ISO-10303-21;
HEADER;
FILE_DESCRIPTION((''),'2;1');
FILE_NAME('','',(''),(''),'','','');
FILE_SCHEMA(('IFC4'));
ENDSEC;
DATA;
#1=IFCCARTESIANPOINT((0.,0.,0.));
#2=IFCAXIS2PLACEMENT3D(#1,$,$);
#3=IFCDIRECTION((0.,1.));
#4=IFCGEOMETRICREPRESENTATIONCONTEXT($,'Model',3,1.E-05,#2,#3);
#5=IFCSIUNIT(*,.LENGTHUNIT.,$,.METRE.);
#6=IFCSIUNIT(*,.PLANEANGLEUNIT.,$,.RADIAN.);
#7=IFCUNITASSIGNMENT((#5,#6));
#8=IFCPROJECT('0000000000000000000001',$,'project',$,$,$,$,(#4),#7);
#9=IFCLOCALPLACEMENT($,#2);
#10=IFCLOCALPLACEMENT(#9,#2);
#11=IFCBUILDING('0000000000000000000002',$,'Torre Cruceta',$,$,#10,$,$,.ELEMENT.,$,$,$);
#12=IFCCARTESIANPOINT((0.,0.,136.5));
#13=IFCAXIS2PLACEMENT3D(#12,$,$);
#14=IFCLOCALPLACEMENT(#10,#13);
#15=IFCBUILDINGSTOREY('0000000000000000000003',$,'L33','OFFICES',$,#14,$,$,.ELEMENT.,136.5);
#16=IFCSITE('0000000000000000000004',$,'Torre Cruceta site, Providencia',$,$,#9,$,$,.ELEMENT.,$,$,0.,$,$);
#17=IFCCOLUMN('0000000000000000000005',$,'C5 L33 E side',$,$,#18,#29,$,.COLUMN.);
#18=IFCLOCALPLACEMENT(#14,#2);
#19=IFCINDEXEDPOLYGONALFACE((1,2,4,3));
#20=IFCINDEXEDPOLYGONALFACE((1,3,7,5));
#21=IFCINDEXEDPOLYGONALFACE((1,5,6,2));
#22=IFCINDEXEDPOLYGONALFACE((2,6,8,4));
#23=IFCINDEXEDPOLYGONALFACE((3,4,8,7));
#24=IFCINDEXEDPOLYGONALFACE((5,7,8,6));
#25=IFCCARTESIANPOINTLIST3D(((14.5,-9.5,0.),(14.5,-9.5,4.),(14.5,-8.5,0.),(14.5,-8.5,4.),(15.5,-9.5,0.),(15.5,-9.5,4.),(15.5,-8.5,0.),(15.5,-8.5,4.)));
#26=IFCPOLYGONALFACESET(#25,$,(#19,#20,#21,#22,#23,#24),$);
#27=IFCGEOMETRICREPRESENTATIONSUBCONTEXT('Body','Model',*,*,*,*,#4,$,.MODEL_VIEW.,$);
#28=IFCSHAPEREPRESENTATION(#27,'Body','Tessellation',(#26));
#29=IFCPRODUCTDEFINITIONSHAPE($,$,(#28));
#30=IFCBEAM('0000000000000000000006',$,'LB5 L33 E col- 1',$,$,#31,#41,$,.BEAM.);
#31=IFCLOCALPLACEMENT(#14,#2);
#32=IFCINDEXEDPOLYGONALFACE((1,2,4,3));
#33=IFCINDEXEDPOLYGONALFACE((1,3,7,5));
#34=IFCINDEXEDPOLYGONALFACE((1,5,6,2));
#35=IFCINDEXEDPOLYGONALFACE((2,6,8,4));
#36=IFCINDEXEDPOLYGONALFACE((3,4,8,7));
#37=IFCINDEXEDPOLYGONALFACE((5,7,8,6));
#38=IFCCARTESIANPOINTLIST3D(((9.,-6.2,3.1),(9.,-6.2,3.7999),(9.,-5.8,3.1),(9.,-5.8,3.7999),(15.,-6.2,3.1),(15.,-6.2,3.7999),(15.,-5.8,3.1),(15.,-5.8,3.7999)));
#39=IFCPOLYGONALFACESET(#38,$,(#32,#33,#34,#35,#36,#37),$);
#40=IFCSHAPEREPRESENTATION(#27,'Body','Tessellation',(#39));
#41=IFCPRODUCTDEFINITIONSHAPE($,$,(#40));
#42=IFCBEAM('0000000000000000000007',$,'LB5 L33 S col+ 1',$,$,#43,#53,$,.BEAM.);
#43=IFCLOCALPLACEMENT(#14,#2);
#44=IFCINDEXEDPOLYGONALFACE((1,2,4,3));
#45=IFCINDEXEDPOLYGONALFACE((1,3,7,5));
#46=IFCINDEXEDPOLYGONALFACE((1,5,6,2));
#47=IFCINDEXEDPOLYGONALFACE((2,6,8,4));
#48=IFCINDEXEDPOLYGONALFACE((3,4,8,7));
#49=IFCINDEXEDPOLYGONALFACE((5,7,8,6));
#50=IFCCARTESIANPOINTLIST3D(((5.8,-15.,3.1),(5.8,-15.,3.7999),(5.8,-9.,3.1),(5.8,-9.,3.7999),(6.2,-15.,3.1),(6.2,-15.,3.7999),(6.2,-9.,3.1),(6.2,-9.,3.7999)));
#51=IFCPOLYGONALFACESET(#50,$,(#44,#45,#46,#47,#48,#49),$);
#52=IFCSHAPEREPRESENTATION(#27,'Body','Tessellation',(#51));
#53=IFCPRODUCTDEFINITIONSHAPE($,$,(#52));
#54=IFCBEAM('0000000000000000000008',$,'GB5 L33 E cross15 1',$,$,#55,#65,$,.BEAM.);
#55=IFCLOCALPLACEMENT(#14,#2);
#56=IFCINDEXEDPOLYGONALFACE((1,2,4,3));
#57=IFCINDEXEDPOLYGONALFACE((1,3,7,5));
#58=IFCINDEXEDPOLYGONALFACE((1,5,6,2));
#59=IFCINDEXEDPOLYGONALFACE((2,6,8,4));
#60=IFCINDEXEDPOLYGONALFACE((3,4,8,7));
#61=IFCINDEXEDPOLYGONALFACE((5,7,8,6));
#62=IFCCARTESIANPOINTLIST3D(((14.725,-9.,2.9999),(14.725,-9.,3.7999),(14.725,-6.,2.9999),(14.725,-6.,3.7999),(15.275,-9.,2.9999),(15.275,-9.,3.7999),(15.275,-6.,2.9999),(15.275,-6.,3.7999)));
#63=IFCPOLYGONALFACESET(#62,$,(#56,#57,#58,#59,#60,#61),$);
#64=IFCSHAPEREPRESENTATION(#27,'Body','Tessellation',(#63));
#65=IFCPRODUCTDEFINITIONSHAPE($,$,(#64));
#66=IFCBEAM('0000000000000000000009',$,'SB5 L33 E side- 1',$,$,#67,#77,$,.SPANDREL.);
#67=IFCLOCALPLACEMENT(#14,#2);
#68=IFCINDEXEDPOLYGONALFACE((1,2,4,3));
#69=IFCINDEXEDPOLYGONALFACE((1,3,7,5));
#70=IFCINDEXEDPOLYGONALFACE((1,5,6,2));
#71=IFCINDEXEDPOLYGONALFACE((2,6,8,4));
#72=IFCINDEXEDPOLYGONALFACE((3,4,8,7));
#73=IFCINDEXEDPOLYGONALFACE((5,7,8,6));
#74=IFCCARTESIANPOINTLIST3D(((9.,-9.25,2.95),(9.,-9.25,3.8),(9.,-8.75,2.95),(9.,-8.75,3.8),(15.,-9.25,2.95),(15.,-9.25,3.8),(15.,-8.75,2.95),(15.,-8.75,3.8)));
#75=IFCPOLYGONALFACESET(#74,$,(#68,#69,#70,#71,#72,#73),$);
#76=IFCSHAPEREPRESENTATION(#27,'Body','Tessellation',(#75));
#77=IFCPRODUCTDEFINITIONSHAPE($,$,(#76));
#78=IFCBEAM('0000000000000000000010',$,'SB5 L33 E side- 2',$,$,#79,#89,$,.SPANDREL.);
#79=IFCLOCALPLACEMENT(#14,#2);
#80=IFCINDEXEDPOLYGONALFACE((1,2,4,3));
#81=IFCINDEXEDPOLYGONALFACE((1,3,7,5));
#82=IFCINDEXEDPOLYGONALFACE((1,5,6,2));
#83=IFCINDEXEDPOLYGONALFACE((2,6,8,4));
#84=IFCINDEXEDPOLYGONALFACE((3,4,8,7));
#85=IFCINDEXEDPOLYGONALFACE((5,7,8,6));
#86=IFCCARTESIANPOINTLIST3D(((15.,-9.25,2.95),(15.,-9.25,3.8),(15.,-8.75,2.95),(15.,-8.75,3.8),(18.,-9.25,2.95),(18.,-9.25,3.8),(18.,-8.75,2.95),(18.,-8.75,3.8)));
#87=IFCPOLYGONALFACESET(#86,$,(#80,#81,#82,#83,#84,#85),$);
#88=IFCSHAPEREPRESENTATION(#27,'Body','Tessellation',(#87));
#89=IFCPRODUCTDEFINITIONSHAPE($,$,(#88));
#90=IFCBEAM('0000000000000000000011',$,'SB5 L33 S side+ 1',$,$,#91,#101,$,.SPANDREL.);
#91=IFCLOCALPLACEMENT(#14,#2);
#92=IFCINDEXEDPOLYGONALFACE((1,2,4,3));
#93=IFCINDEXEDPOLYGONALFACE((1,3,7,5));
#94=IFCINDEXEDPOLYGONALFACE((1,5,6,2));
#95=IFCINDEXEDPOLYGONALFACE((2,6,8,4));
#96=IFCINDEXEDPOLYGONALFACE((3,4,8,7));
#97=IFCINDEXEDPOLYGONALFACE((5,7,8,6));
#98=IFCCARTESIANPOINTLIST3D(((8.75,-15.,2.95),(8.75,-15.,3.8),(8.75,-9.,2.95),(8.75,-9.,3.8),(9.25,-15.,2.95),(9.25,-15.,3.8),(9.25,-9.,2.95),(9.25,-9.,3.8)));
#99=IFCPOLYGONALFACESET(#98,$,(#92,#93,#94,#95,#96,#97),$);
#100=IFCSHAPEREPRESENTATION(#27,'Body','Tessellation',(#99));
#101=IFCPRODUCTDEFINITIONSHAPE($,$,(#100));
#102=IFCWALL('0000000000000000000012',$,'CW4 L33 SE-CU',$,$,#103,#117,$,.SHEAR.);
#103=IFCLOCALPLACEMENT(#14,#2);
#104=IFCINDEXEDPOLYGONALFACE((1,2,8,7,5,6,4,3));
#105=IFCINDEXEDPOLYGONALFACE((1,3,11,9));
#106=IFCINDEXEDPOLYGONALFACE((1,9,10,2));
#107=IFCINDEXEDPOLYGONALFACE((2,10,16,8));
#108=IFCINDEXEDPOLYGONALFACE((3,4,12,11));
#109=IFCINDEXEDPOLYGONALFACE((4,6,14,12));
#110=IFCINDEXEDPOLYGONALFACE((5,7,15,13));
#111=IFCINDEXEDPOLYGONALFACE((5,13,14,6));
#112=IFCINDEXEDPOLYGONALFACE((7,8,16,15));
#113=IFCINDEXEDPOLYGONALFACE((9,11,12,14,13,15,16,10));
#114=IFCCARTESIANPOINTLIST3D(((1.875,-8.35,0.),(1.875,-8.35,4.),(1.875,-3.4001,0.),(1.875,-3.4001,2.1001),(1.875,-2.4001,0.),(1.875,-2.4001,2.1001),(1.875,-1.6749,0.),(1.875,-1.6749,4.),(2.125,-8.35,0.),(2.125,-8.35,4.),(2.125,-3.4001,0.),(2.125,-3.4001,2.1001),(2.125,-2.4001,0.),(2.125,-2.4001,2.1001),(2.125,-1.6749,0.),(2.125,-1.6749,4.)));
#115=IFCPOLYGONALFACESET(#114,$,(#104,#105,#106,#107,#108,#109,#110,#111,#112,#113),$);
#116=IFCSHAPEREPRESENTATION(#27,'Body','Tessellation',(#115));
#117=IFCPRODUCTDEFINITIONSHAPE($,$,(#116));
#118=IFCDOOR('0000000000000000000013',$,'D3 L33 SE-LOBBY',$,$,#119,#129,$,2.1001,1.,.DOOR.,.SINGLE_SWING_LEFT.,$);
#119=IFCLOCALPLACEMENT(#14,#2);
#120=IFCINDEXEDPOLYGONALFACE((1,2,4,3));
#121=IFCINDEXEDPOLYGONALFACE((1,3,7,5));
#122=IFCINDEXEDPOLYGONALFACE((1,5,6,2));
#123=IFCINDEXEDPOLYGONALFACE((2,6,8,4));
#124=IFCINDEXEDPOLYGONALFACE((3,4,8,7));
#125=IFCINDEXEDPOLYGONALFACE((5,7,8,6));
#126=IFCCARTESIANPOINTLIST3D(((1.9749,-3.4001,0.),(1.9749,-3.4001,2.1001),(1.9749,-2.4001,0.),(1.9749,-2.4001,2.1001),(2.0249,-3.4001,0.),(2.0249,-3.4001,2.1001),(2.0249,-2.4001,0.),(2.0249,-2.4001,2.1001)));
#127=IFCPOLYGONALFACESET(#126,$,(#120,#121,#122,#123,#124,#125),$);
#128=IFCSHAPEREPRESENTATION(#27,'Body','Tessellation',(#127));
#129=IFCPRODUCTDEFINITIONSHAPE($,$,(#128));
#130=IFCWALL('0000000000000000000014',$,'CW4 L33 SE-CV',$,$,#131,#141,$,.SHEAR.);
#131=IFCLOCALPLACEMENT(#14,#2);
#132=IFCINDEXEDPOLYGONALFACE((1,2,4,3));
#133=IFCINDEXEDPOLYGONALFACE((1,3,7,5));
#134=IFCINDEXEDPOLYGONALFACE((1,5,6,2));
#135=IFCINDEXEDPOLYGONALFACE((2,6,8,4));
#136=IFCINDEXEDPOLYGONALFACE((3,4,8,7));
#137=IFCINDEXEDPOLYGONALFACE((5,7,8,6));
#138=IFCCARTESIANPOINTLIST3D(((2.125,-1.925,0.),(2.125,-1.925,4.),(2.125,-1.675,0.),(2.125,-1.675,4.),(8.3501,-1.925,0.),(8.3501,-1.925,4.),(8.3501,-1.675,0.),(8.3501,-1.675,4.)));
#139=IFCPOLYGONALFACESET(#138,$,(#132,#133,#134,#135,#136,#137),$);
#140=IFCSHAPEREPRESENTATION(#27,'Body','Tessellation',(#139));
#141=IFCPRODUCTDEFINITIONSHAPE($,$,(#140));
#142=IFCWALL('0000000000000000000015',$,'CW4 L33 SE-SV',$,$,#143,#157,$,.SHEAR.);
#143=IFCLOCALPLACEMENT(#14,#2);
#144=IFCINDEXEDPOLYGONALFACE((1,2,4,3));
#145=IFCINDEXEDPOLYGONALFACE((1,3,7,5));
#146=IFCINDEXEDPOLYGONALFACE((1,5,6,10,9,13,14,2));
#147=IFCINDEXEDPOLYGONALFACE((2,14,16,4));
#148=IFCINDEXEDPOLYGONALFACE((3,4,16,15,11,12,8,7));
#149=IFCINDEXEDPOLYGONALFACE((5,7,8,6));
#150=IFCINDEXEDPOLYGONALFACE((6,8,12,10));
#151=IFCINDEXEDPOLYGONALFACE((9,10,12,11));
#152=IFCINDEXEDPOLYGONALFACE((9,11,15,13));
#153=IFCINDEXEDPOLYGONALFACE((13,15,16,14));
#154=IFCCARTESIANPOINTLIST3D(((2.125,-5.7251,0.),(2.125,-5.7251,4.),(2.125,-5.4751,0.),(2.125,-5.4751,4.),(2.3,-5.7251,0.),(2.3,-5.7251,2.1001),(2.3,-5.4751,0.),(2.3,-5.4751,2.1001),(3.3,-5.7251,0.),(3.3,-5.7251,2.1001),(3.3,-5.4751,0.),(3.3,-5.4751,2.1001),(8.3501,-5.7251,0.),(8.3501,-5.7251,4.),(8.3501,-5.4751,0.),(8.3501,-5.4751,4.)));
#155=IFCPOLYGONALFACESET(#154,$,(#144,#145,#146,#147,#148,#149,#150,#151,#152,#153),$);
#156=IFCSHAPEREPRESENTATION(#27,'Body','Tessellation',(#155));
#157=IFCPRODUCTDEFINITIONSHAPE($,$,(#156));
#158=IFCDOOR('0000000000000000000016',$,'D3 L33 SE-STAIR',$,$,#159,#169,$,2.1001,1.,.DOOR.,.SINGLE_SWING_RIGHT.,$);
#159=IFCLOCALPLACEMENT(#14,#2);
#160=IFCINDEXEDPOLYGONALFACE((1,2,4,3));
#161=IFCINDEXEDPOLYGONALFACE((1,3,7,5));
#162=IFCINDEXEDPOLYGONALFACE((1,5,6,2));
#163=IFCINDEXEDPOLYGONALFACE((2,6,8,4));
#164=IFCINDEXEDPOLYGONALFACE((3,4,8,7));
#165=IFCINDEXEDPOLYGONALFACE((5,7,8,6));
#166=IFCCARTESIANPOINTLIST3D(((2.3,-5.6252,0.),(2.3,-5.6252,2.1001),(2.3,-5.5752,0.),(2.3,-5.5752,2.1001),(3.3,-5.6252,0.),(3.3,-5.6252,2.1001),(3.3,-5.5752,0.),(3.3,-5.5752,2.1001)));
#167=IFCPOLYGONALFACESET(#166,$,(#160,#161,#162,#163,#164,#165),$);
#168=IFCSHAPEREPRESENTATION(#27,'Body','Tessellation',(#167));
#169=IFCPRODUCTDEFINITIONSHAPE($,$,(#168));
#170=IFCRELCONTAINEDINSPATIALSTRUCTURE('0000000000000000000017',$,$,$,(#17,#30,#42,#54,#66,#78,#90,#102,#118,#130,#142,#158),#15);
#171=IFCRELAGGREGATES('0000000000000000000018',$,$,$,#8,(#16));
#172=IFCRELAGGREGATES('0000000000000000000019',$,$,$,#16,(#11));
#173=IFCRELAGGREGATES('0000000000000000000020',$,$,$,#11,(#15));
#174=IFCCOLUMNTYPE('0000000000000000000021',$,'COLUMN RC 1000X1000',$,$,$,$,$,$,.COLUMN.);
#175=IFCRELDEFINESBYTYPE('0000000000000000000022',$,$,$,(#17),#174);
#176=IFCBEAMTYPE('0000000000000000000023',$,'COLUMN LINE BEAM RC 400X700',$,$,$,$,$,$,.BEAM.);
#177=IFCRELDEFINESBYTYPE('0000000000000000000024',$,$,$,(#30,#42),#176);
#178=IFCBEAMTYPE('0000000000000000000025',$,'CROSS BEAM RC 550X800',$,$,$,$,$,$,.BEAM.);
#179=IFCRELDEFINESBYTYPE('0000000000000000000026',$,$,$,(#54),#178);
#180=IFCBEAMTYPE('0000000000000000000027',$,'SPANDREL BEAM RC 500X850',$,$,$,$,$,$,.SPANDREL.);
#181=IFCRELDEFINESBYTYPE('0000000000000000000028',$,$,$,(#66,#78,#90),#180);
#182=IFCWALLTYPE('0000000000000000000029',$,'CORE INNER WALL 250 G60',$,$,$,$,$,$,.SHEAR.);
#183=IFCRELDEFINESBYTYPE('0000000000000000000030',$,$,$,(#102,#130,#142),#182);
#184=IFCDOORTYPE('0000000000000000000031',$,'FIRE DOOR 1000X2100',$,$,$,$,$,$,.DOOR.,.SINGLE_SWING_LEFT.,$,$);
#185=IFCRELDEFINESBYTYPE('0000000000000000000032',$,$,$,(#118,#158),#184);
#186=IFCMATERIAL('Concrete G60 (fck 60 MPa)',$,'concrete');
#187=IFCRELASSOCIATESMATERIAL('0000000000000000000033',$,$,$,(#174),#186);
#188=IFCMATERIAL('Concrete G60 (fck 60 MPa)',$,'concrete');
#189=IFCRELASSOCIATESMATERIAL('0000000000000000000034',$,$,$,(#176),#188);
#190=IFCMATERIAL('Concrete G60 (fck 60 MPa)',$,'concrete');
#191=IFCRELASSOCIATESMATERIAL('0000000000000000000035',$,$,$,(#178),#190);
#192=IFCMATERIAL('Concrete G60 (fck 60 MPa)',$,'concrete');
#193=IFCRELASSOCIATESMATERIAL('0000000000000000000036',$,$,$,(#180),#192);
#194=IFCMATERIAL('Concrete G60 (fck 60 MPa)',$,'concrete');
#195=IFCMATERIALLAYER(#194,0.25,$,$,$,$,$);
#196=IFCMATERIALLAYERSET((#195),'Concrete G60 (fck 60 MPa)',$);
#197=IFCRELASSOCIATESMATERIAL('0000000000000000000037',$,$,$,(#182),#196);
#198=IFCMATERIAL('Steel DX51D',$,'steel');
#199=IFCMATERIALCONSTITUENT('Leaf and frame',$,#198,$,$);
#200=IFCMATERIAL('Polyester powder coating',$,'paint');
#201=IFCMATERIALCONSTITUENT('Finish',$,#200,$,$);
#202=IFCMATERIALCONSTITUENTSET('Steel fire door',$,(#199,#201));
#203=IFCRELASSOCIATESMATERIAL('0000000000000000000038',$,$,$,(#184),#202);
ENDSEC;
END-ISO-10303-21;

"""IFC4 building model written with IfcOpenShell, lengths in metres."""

from ifc_helpers import new_model, si_unit, direction, frame, frame_2d, origin, origin_2d, place, context, subcontext, project, spatial, rectangle, extrude, material, layer, layer_set, constituent, constituent_set, material_profile, profile_set, type_object, element, fill, save


model = new_model("IFC4")

# Units and contexts
model_context = context("Model", 3, precision=1e-05, world=origin(), true_north=direction((0.0, 1.0)))
body_context = subcontext(model_context, "Body", "Model", "MODEL_VIEW")
ifc_project = project(units=[si_unit("LENGTHUNIT", "METRE"), si_unit("PLANEANGLEUNIT", "RADIAN")], contexts=[model_context])

# Site, building, storey
site_placement = place(None, origin())
site = spatial("IfcSite", under=ifc_project, at=site_placement, Name="Torre Cruceta site, Providencia", CompositionType="ELEMENT", RefElevation=0.0)
building_placement = place(site_placement, origin())
building = spatial("IfcBuilding", under=site, at=building_placement, Name="Torre Cruceta", CompositionType="ELEMENT")
storey_placement = place(building_placement, frame((0.0, 0.0, 136.5)))
storey = spatial("IfcBuildingStorey", under=building, at=storey_placement, Name="L33", Description="OFFICES", CompositionType="ELEMENT", Elevation=136.5)

# Column
ifc_material_1 = material(Name="Concrete G60 (fck 60 MPa)", Category="concrete")
ifc_material_profile_1 = material_profile(ifc_material_1, rectangle(XDim=1.0, YDim=1.0, at=origin_2d()), Name="RC 1000X1000")
ifc_profile_set_1 = profile_set([ifc_material_profile_1], Name="Concrete G60 (fck 60 MPa)")
column_type = type_object("IfcColumnType", Name="COLUMN RC 1000X1000", PredefinedType="COLUMN", material=ifc_profile_set_1)
column_placement = place(storey_placement, frame((15.0, -9.0, 0.0), z_axis=(0.0, 0.0, 1.0), x_axis=(1.0, 0.0, 0.0)))
element("IfcColumn", 1, at=column_placement, inside=storey, type_object=column_type, Name="C5 L33 E side", PredefinedType="COLUMN", context=body_context, shape_type="SweptSolid", body=[
    extrude(rectangle(XDim=1.0, YDim=1.0, at=origin_2d()), origin(), (0.0, 0.0, 1.0), 4.0),
])

# Beams
ifc_material_2 = material(Name="Concrete G60 (fck 60 MPa)", Category="concrete")
ifc_material_profile_2 = material_profile(ifc_material_2, rectangle(XDim=0.3999, YDim=0.7, at=origin_2d()), Name="RC 400X700")
ifc_profile_set_2 = profile_set([ifc_material_profile_2], Name="Concrete G60 (fck 60 MPa)")
beam_type_1 = type_object("IfcBeamType", Name="COLUMN LINE BEAM RC 400X700", PredefinedType="BEAM", material=ifc_profile_set_2)
for number, where, z_axis, x_axis, name in (
    (2, (9.0, -6.0, 3.45), (1.0, 0.0, 0.0), (0.0, 1.0, 0.0), "LB5 L33 E col- 1"),
    (3, (6.0, -9.0, 3.45), (0.0, -1.0, 0.0), (1.0, 0.0, 0.0), "LB5 L33 S col+ 1"),
):
    element("IfcBeam", number, at=place(storey_placement, frame(where, z_axis=z_axis, x_axis=x_axis)), inside=storey, type_object=beam_type_1, Name=name, PredefinedType="BEAM", context=body_context, shape_type="SweptSolid", body=[
        extrude(rectangle(XDim=0.3999, YDim=0.7, at=origin_2d()), origin(), (0.0, 0.0, 1.0), 6.0),
    ])
ifc_material_3 = material(Name="Concrete G60 (fck 60 MPa)", Category="concrete")
ifc_material_profile_3 = material_profile(ifc_material_3, rectangle(XDim=0.55, YDim=0.8, at=origin_2d()), Name="RC 550X800")
ifc_profile_set_3 = profile_set([ifc_material_profile_3], Name="Concrete G60 (fck 60 MPa)")
beam_type_2 = type_object("IfcBeamType", Name="CROSS BEAM RC 550X800", PredefinedType="BEAM", material=ifc_profile_set_3)
beam_1_placement = place(storey_placement, frame((15.0, -9.0, 3.3999), z_axis=(0.0, 1.0, 0.0), x_axis=(-1.0, 0.0, 0.0)))
element("IfcBeam", 4, at=beam_1_placement, inside=storey, type_object=beam_type_2, Name="GB5 L33 E cross15 1", PredefinedType="BEAM", context=body_context, shape_type="SweptSolid", body=[
    extrude(rectangle(XDim=0.55, YDim=0.8, at=origin_2d()), origin(), (0.0, 0.0, 1.0), 3.0),
])
ifc_material_4 = material(Name="Concrete G60 (fck 60 MPa)", Category="concrete")
ifc_material_profile_4 = material_profile(ifc_material_4, rectangle(XDim=0.5, YDim=0.8501, at=origin_2d()), Name="RC 500X850")
ifc_profile_set_4 = profile_set([ifc_material_profile_4], Name="Concrete G60 (fck 60 MPa)")
beam_type_3 = type_object("IfcBeamType", Name="SPANDREL BEAM RC 500X850", PredefinedType="SPANDREL", material=ifc_profile_set_4)
beam_2_placement = place(storey_placement, frame((9.0, -9.0, 3.375), z_axis=(1.0, 0.0, 0.0), x_axis=(0.0, 1.0, 0.0)))
element("IfcBeam", 5, at=beam_2_placement, inside=storey, type_object=beam_type_3, Name="SB5 L33 E side- 1", PredefinedType="SPANDREL", context=body_context, shape_type="SweptSolid", body=[
    extrude(rectangle(XDim=0.5, YDim=0.8501, at=origin_2d()), origin(), (0.0, 0.0, 1.0), 6.0),
])
beam_3_placement = place(storey_placement, frame((15.0, -9.0, 3.375), z_axis=(1.0, 0.0, 0.0), x_axis=(0.0, 1.0, 0.0)))
element("IfcBeam", 6, at=beam_3_placement, inside=storey, type_object=beam_type_3, Name="SB5 L33 E side- 2", PredefinedType="SPANDREL", context=body_context, shape_type="SweptSolid", body=[
    extrude(rectangle(XDim=0.5, YDim=0.8501, at=origin_2d()), origin(), (0.0, 0.0, 1.0), 3.0),
])
beam_4_placement = place(storey_placement, frame((9.0, -9.0, 3.375), z_axis=(0.0, -1.0, 0.0), x_axis=(1.0, 0.0, 0.0)))
element("IfcBeam", 7, at=beam_4_placement, inside=storey, type_object=beam_type_3, Name="SB5 L33 S side+ 1", PredefinedType="SPANDREL", context=body_context, shape_type="SweptSolid", body=[
    extrude(rectangle(XDim=0.5, YDim=0.8501, at=origin_2d()), origin(), (0.0, 0.0, 1.0), 6.0),
])

# Wall, opening, door
ifc_material_5 = material(Name="Concrete G60 (fck 60 MPa)", Category="concrete")
ifc_layer_1 = layer(ifc_material_5, 0.25)
ifc_layer_set_1 = layer_set([ifc_layer_1], Name="Concrete G60 (fck 60 MPa)")
wall_type_1 = type_object("IfcWallType", Name="CORE INNER WALL 250 G60", PredefinedType="SHEAR", material=ifc_layer_set_1)
wall_1_placement = place(storey_placement, frame((2.0, -1.675, 0.0), z_axis=(0.0, 0.0, 1.0), x_axis=(0.0, -1.0, 0.0)))
wall_1 = element("IfcWall", 8, at=wall_1_placement, inside=storey, type_object=wall_type_1, Name="CW4 L33 SE-CU", PredefinedType="SHEAR", context=body_context, shape_type="SweptSolid", body=[
    extrude(rectangle(XDim=6.675, YDim=0.25, at=frame_2d((3.3374, 0.0))), origin(), (0.0, 0.0, 1.0), 4.0),
])
opening_1_placement = place(wall_1_placement, frame((0.7251, 0.0, 0.0)))
opening_1 = element("IfcOpeningElement", 9, at=opening_1_placement, cuts=wall_1, PredefinedType="OPENING", context=body_context, shape_type="SweptSolid", body=[
    extrude(rectangle(XDim=1.0, YDim=2.1001, at=frame_2d((0.5, 1.05))), frame((0.0, 0.135, 0.0), z_axis=(0.0, -1.0, 0.0), x_axis=(1.0, 0.0, 0.0)), (0.0, 0.0, 1.0), 0.27),
])
ifc_material_6 = material(Name="Steel DX51D", Category="steel")
ifc_constituent_1 = constituent(ifc_material_6, Name="Leaf and frame")
ifc_material_7 = material(Name="Polyester powder coating", Category="paint")
ifc_constituent_2 = constituent(ifc_material_7, Name="Finish")
ifc_constituent_set_1 = constituent_set(constituents=[ifc_constituent_1, ifc_constituent_2], Name="Steel fire door")
door_type_1 = type_object("IfcDoorType", Name="FIRE DOOR 1000X2100", OperationType="SINGLE_SWING_LEFT", PredefinedType="DOOR", material=ifc_constituent_set_1)
door_1_placement = place(opening_1_placement, origin())
door_1 = element("IfcDoor", 10, at=door_1_placement, inside=storey, type_object=door_type_1, Name="D3 L33 SE-LOBBY", OperationType="SINGLE_SWING_LEFT", OverallHeight=2.1001, OverallWidth=1.0, PredefinedType="DOOR", context=body_context, shape_type="SweptSolid", body=[
    extrude(rectangle(XDim=1.0, YDim=2.1001, at=frame_2d((0.5, 1.05))), frame((0.0, 0.0249, 0.0), z_axis=(0.0, -1.0, 0.0), x_axis=(1.0, 0.0, 0.0)), (0.0, 0.0, 1.0), 0.05),
])
fill(opening_1, door_1)

# Wall
wall_2_placement = place(storey_placement, frame((2.125, -1.8, 0.0), z_axis=(0.0, 0.0, 1.0), x_axis=(1.0, 0.0, 0.0)))
element("IfcWall", 11, at=wall_2_placement, inside=storey, type_object=wall_type_1, Name="CW4 L33 SE-CV", PredefinedType="SHEAR", context=body_context, shape_type="SweptSolid", body=[
    extrude(rectangle(XDim=6.2251, YDim=0.25, at=frame_2d((3.1125, 0.0))), origin(), (0.0, 0.0, 1.0), 4.0),
])

# Wall, opening, door
wall_3_placement = place(storey_placement, frame((2.125, -5.6001, 0.0), z_axis=(0.0, 0.0, 1.0), x_axis=(1.0, 0.0, 0.0)))
wall_3 = element("IfcWall", 12, at=wall_3_placement, inside=storey, type_object=wall_type_1, Name="CW4 L33 SE-SV", PredefinedType="SHEAR", context=body_context, shape_type="SweptSolid", body=[
    extrude(rectangle(XDim=6.2251, YDim=0.25, at=frame_2d((3.1125, 0.0))), origin(), (0.0, 0.0, 1.0), 4.0),
])
opening_2_placement = place(wall_3_placement, frame((0.175, 0.0, 0.0)))
opening_2 = element("IfcOpeningElement", 13, at=opening_2_placement, cuts=wall_3, PredefinedType="OPENING", context=body_context, shape_type="SweptSolid", body=[
    extrude(rectangle(XDim=1.0, YDim=2.1001, at=frame_2d((0.5, 1.05))), frame((0.0, 0.135, 0.0), z_axis=(0.0, -1.0, 0.0), x_axis=(1.0, 0.0, 0.0)), (0.0, 0.0, 1.0), 0.27),
])
door_2_placement = place(opening_2_placement, frame((1.0, 0.0, 0.0), z_axis=(0.0, 0.0, 1.0), x_axis=(-1.0, 0.0, 0.0)))
door_2 = element("IfcDoor", 14, at=door_2_placement, inside=storey, type_object=door_type_1, Name="D3 L33 SE-STAIR", OperationType="SINGLE_SWING_RIGHT", OverallHeight=2.1001, OverallWidth=1.0, PredefinedType="DOOR", context=body_context, shape_type="SweptSolid", body=[
    extrude(rectangle(XDim=1.0, YDim=2.1001, at=frame_2d((0.5, 1.05))), frame((0.0, 0.0251, 0.0), z_axis=(0.0, -1.0, 0.0), x_axis=(1.0, 0.0, 0.0)), (0.0, 0.0, 1.0), 0.05),
])
fill(opening_2, door_2)

save(model, "model.ifc")
